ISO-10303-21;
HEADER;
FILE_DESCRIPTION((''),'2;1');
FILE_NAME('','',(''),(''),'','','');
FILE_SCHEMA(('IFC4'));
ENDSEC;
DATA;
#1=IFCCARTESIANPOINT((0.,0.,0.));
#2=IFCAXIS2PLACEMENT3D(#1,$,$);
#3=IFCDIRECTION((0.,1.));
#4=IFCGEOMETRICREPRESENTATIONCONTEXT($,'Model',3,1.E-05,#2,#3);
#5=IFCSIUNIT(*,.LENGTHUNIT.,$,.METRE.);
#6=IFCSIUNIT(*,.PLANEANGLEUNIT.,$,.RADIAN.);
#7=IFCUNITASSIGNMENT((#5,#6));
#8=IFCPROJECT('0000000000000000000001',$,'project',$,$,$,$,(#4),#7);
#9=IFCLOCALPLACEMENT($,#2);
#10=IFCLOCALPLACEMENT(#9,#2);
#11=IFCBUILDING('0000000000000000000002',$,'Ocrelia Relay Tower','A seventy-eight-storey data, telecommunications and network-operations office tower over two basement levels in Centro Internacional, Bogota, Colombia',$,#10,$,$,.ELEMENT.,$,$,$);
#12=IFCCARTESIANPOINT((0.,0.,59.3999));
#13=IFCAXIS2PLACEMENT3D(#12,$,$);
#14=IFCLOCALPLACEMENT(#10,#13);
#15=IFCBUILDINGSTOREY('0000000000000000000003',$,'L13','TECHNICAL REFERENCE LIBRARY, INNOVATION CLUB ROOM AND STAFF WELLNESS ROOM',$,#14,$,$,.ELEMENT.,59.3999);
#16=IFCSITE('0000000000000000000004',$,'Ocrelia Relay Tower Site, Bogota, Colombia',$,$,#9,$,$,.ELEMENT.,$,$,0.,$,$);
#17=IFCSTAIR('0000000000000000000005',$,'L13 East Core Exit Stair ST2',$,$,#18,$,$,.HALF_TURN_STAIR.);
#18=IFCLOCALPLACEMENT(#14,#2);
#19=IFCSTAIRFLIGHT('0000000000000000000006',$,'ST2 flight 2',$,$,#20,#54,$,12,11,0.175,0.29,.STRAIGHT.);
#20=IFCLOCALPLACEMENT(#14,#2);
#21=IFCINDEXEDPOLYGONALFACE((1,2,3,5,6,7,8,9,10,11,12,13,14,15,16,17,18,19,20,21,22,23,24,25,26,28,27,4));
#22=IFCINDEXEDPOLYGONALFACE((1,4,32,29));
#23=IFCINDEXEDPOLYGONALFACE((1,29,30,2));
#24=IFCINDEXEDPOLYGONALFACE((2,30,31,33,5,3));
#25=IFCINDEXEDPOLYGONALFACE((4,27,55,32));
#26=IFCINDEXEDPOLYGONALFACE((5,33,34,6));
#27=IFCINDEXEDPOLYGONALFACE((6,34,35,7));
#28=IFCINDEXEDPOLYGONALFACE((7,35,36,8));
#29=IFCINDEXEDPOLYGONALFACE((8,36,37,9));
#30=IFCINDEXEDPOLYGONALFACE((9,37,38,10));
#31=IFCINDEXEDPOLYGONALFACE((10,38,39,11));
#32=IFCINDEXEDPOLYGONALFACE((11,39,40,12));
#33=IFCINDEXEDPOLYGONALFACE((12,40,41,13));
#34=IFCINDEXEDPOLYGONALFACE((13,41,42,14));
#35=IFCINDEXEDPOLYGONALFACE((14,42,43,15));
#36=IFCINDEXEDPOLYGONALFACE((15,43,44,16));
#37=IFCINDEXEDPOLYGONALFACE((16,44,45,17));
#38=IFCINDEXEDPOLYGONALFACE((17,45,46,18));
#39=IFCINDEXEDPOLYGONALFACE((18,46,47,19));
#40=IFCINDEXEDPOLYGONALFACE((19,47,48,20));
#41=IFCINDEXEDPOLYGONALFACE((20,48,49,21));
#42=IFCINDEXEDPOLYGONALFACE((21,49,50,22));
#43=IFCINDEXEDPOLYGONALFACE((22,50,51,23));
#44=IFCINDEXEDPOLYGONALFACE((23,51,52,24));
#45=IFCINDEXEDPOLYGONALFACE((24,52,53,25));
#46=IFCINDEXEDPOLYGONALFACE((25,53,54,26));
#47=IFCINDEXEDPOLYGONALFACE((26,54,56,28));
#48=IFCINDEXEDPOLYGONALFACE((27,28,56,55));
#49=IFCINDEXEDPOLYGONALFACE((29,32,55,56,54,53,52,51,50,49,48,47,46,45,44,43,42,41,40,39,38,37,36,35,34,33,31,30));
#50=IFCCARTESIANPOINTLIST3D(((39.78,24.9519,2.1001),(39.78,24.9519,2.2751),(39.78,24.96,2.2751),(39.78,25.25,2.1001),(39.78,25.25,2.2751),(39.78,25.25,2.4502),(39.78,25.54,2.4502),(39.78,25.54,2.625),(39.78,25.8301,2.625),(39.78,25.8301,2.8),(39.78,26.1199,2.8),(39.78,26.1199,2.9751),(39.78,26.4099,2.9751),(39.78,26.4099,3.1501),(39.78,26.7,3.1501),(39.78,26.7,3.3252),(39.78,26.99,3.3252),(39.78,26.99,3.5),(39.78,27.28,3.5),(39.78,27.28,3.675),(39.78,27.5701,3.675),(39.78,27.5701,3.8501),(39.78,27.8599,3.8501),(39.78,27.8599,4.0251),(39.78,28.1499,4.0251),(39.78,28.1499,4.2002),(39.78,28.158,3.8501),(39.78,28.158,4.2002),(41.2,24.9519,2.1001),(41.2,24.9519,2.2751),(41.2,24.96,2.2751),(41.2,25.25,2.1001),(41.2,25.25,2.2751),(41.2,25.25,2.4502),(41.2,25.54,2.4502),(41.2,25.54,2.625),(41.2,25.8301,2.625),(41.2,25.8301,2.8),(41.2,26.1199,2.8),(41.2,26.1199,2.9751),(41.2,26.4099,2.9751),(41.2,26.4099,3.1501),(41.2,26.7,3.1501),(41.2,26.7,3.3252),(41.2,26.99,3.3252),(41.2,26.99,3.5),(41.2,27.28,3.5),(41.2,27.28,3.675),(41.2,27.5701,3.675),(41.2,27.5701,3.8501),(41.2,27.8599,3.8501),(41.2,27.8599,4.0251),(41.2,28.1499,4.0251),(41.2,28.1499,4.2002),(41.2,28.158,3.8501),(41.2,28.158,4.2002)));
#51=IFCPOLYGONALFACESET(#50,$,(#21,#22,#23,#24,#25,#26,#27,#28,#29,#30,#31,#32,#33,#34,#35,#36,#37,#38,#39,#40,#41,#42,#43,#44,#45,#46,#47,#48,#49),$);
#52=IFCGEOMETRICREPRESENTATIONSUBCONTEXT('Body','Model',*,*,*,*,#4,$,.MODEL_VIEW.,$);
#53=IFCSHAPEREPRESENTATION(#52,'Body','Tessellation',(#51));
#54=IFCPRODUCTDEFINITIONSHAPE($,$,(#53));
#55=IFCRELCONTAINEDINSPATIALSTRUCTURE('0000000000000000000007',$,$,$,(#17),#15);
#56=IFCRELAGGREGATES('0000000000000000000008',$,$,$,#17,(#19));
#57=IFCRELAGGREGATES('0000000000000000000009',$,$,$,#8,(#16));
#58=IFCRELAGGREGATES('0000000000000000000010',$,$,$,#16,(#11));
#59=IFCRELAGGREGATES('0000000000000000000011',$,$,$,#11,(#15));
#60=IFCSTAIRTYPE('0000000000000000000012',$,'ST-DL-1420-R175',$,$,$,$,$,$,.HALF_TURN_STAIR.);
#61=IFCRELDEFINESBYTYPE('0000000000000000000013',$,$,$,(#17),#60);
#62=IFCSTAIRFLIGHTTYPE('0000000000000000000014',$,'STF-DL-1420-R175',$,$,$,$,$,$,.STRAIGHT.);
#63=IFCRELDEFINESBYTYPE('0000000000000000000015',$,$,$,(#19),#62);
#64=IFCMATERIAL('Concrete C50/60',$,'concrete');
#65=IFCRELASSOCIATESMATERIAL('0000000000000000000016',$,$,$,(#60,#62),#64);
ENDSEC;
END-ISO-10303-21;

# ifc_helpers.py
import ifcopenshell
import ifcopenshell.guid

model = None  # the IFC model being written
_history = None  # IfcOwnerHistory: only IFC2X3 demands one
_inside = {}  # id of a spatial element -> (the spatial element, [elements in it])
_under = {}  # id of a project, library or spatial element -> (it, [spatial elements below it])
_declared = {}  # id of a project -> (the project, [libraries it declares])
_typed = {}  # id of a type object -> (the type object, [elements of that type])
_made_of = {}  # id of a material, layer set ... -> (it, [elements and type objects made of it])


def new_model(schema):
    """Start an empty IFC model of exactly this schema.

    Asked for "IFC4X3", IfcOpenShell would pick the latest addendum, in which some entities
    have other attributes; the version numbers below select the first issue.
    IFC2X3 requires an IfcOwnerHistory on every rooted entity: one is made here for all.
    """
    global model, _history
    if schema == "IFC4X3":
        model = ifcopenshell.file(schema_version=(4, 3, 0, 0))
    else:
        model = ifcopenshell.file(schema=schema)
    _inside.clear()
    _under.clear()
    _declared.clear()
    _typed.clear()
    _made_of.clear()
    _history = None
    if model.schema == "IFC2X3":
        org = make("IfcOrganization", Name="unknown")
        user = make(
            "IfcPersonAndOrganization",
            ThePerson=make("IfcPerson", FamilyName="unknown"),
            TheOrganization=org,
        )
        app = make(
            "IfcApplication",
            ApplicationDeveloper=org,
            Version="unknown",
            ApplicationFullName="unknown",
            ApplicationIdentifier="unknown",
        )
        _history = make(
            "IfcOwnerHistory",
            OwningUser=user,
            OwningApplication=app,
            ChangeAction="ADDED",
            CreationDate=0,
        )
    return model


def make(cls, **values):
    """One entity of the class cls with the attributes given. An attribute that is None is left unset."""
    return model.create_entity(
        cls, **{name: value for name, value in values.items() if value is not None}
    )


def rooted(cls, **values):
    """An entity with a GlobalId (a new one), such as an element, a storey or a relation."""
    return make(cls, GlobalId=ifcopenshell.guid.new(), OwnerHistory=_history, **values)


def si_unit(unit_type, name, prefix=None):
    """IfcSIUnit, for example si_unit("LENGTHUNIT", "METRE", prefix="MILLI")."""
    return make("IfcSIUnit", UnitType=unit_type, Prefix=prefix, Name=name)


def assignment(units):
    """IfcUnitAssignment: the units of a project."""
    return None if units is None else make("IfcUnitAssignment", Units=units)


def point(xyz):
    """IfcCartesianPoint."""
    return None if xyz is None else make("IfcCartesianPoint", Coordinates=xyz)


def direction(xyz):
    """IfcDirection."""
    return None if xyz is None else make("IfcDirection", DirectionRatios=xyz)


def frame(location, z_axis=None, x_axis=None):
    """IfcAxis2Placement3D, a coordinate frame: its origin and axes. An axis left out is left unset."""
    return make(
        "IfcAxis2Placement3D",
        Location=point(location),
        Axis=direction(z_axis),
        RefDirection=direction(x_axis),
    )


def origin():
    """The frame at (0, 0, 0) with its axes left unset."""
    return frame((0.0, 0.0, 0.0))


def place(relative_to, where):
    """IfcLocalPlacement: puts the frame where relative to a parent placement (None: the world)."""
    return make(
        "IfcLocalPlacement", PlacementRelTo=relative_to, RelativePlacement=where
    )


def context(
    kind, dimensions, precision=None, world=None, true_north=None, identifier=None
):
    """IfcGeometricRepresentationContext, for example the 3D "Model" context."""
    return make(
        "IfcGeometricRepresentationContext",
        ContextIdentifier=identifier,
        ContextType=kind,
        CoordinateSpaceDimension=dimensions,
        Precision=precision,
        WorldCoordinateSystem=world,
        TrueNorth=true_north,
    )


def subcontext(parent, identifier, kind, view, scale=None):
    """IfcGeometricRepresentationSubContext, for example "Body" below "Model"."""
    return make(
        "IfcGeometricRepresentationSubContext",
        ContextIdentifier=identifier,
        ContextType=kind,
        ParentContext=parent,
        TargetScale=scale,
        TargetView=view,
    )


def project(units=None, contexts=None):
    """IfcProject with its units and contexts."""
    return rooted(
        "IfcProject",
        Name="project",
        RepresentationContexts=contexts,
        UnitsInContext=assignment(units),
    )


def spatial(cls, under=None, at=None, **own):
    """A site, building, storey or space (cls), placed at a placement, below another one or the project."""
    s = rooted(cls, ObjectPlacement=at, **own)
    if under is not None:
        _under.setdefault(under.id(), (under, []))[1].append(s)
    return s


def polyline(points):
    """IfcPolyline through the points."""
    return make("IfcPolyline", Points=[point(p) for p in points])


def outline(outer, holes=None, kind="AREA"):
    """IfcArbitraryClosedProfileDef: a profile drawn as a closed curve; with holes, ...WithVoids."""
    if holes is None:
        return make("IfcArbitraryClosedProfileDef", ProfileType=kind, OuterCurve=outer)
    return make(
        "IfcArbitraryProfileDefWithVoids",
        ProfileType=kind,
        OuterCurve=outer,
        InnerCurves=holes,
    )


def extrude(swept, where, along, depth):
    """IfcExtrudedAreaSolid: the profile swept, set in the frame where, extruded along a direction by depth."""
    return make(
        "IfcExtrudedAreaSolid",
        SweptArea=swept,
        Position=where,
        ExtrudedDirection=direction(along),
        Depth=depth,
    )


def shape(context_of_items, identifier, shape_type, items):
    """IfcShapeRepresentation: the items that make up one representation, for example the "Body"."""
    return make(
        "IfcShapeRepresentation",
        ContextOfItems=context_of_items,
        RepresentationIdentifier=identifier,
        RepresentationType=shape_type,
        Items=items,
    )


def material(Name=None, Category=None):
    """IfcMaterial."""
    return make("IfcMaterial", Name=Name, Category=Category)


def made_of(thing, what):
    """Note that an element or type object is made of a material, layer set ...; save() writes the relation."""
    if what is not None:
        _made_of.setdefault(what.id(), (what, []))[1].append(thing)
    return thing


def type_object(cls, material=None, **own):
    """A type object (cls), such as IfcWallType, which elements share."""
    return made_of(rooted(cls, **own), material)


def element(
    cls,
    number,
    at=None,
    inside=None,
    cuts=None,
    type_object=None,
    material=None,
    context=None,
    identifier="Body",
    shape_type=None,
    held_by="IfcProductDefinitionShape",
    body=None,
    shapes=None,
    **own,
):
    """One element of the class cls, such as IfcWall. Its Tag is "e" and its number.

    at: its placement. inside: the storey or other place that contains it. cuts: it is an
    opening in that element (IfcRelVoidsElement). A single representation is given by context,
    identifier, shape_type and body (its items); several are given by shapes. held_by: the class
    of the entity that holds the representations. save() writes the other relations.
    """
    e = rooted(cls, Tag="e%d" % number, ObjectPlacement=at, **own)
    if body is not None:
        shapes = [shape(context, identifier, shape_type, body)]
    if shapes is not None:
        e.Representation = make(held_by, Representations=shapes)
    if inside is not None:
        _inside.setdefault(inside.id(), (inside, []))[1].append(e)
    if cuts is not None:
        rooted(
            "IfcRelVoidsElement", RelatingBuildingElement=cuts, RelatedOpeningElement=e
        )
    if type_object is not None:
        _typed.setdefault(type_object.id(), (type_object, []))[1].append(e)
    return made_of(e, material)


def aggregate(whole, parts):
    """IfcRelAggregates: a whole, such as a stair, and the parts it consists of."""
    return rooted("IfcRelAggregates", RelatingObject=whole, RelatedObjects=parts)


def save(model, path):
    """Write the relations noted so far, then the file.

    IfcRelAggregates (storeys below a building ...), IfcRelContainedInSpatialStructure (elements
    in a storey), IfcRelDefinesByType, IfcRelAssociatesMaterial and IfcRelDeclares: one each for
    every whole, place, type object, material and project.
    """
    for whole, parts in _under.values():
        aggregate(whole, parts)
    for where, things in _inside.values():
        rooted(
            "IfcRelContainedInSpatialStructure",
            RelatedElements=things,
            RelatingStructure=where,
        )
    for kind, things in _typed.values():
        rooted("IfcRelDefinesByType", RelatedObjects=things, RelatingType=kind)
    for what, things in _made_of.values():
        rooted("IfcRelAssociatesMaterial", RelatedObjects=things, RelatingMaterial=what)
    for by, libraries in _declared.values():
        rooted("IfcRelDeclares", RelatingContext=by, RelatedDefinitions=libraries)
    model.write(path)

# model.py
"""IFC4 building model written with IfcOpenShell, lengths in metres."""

from ifc_helpers import new_model, si_unit, direction, frame, origin, place, context, subcontext, project, spatial, polyline, outline, extrude, material, type_object, element, aggregate, save


model = new_model("IFC4")

# Units and contexts
model_context = context("Model", 3, precision=1e-05, world=origin(), true_north=direction((0.0, 1.0)))
body_context = subcontext(model_context, "Body", "Model", "MODEL_VIEW")
ifc_project = project(units=[si_unit("LENGTHUNIT", "METRE"), si_unit("PLANEANGLEUNIT", "RADIAN")], contexts=[model_context])

# Site, building, storey
site_placement = place(None, origin())
site = spatial("IfcSite", under=ifc_project, at=site_placement, Name="Ocrelia Relay Tower Site, Bogota, Colombia", CompositionType="ELEMENT", RefElevation=0.0)
building_placement = place(site_placement, origin())
building = spatial("IfcBuilding", under=site, at=building_placement, Name="Ocrelia Relay Tower", Description="A seventy-eight-storey data, telecommunications and network-operations office tower over two basement levels in Centro Internacional, Bogota, Colombia", CompositionType="ELEMENT")
storey_placement = place(building_placement, frame((0.0, 0.0, 59.3999)))
storey = spatial("IfcBuildingStorey", under=building, at=storey_placement, Name="L13", Description="TECHNICAL REFERENCE LIBRARY, INNOVATION CLUB ROOM AND STAFF WELLNESS ROOM", CompositionType="ELEMENT", Elevation=59.3999)

# Shared definitions
ifc_material_1 = material(Name="Concrete C50/60", Category="concrete")

# Stair, stair flight
stair_type = type_object("IfcStairType", Name="ST-DL-1420-R175", PredefinedType="HALF_TURN_STAIR", material=ifc_material_1)
stair_placement = place(storey_placement, origin())
stair = element("IfcStair", 1, at=stair_placement, inside=storey, type_object=stair_type, Name="L13 East Core Exit Stair ST2", PredefinedType="HALF_TURN_STAIR")
stair_flight_type = type_object("IfcStairFlightType", Name="STF-DL-1420-R175", PredefinedType="STRAIGHT", material=ifc_material_1)
stair_flight_placement = place(storey_placement, frame((40.49, 24.96, 2.1001), z_axis=(0.0, 0.0, 1.0), x_axis=(0.0, 1.0, 0.0)))
stair_flight = element("IfcStairFlight", 2, at=stair_flight_placement, type_object=stair_flight_type, Name="ST2 flight 2", NumberOfRisers=12, NumberOfTreads=11, PredefinedType="STRAIGHT", RiserHeight=0.175, TreadLength=0.29, context=body_context, shape_type="SweptSolid", body=[
    extrude(outline(polyline([(-0.0081, 0.0), (-0.0081, 0.175), (0.0, 0.175), (0.29, 0.175), (0.29, 0.3501), (0.5801, 0.3501), (0.5801, 0.5249), (0.8701, 0.5249), (0.8701, 0.7), (1.1599, 0.7), (1.1599, 0.875), (1.45, 0.875), (1.45, 1.05), (1.74, 1.05), (1.74, 1.2251), (2.03, 1.2251), (2.03, 1.3999), (2.3201, 1.3999), (2.3201, 1.575), (2.6101, 1.575), (2.6101, 1.75), (2.8999, 1.75), (2.8999, 1.925), (3.1899, 1.925), (3.1899, 2.1001), (3.198, 2.1001), (3.198, 1.75), (0.29, 0.0), (-0.0081, 0.0)])), frame((0.0, 0.71, 0.0), z_axis=(0.0, -1.0, 0.0), x_axis=(1.0, 0.0, 0.0)), (0.0, 0.0, 1.0), 1.4199),
])
aggregate(stair, [stair_flight])

save(model, "model.ifc")
